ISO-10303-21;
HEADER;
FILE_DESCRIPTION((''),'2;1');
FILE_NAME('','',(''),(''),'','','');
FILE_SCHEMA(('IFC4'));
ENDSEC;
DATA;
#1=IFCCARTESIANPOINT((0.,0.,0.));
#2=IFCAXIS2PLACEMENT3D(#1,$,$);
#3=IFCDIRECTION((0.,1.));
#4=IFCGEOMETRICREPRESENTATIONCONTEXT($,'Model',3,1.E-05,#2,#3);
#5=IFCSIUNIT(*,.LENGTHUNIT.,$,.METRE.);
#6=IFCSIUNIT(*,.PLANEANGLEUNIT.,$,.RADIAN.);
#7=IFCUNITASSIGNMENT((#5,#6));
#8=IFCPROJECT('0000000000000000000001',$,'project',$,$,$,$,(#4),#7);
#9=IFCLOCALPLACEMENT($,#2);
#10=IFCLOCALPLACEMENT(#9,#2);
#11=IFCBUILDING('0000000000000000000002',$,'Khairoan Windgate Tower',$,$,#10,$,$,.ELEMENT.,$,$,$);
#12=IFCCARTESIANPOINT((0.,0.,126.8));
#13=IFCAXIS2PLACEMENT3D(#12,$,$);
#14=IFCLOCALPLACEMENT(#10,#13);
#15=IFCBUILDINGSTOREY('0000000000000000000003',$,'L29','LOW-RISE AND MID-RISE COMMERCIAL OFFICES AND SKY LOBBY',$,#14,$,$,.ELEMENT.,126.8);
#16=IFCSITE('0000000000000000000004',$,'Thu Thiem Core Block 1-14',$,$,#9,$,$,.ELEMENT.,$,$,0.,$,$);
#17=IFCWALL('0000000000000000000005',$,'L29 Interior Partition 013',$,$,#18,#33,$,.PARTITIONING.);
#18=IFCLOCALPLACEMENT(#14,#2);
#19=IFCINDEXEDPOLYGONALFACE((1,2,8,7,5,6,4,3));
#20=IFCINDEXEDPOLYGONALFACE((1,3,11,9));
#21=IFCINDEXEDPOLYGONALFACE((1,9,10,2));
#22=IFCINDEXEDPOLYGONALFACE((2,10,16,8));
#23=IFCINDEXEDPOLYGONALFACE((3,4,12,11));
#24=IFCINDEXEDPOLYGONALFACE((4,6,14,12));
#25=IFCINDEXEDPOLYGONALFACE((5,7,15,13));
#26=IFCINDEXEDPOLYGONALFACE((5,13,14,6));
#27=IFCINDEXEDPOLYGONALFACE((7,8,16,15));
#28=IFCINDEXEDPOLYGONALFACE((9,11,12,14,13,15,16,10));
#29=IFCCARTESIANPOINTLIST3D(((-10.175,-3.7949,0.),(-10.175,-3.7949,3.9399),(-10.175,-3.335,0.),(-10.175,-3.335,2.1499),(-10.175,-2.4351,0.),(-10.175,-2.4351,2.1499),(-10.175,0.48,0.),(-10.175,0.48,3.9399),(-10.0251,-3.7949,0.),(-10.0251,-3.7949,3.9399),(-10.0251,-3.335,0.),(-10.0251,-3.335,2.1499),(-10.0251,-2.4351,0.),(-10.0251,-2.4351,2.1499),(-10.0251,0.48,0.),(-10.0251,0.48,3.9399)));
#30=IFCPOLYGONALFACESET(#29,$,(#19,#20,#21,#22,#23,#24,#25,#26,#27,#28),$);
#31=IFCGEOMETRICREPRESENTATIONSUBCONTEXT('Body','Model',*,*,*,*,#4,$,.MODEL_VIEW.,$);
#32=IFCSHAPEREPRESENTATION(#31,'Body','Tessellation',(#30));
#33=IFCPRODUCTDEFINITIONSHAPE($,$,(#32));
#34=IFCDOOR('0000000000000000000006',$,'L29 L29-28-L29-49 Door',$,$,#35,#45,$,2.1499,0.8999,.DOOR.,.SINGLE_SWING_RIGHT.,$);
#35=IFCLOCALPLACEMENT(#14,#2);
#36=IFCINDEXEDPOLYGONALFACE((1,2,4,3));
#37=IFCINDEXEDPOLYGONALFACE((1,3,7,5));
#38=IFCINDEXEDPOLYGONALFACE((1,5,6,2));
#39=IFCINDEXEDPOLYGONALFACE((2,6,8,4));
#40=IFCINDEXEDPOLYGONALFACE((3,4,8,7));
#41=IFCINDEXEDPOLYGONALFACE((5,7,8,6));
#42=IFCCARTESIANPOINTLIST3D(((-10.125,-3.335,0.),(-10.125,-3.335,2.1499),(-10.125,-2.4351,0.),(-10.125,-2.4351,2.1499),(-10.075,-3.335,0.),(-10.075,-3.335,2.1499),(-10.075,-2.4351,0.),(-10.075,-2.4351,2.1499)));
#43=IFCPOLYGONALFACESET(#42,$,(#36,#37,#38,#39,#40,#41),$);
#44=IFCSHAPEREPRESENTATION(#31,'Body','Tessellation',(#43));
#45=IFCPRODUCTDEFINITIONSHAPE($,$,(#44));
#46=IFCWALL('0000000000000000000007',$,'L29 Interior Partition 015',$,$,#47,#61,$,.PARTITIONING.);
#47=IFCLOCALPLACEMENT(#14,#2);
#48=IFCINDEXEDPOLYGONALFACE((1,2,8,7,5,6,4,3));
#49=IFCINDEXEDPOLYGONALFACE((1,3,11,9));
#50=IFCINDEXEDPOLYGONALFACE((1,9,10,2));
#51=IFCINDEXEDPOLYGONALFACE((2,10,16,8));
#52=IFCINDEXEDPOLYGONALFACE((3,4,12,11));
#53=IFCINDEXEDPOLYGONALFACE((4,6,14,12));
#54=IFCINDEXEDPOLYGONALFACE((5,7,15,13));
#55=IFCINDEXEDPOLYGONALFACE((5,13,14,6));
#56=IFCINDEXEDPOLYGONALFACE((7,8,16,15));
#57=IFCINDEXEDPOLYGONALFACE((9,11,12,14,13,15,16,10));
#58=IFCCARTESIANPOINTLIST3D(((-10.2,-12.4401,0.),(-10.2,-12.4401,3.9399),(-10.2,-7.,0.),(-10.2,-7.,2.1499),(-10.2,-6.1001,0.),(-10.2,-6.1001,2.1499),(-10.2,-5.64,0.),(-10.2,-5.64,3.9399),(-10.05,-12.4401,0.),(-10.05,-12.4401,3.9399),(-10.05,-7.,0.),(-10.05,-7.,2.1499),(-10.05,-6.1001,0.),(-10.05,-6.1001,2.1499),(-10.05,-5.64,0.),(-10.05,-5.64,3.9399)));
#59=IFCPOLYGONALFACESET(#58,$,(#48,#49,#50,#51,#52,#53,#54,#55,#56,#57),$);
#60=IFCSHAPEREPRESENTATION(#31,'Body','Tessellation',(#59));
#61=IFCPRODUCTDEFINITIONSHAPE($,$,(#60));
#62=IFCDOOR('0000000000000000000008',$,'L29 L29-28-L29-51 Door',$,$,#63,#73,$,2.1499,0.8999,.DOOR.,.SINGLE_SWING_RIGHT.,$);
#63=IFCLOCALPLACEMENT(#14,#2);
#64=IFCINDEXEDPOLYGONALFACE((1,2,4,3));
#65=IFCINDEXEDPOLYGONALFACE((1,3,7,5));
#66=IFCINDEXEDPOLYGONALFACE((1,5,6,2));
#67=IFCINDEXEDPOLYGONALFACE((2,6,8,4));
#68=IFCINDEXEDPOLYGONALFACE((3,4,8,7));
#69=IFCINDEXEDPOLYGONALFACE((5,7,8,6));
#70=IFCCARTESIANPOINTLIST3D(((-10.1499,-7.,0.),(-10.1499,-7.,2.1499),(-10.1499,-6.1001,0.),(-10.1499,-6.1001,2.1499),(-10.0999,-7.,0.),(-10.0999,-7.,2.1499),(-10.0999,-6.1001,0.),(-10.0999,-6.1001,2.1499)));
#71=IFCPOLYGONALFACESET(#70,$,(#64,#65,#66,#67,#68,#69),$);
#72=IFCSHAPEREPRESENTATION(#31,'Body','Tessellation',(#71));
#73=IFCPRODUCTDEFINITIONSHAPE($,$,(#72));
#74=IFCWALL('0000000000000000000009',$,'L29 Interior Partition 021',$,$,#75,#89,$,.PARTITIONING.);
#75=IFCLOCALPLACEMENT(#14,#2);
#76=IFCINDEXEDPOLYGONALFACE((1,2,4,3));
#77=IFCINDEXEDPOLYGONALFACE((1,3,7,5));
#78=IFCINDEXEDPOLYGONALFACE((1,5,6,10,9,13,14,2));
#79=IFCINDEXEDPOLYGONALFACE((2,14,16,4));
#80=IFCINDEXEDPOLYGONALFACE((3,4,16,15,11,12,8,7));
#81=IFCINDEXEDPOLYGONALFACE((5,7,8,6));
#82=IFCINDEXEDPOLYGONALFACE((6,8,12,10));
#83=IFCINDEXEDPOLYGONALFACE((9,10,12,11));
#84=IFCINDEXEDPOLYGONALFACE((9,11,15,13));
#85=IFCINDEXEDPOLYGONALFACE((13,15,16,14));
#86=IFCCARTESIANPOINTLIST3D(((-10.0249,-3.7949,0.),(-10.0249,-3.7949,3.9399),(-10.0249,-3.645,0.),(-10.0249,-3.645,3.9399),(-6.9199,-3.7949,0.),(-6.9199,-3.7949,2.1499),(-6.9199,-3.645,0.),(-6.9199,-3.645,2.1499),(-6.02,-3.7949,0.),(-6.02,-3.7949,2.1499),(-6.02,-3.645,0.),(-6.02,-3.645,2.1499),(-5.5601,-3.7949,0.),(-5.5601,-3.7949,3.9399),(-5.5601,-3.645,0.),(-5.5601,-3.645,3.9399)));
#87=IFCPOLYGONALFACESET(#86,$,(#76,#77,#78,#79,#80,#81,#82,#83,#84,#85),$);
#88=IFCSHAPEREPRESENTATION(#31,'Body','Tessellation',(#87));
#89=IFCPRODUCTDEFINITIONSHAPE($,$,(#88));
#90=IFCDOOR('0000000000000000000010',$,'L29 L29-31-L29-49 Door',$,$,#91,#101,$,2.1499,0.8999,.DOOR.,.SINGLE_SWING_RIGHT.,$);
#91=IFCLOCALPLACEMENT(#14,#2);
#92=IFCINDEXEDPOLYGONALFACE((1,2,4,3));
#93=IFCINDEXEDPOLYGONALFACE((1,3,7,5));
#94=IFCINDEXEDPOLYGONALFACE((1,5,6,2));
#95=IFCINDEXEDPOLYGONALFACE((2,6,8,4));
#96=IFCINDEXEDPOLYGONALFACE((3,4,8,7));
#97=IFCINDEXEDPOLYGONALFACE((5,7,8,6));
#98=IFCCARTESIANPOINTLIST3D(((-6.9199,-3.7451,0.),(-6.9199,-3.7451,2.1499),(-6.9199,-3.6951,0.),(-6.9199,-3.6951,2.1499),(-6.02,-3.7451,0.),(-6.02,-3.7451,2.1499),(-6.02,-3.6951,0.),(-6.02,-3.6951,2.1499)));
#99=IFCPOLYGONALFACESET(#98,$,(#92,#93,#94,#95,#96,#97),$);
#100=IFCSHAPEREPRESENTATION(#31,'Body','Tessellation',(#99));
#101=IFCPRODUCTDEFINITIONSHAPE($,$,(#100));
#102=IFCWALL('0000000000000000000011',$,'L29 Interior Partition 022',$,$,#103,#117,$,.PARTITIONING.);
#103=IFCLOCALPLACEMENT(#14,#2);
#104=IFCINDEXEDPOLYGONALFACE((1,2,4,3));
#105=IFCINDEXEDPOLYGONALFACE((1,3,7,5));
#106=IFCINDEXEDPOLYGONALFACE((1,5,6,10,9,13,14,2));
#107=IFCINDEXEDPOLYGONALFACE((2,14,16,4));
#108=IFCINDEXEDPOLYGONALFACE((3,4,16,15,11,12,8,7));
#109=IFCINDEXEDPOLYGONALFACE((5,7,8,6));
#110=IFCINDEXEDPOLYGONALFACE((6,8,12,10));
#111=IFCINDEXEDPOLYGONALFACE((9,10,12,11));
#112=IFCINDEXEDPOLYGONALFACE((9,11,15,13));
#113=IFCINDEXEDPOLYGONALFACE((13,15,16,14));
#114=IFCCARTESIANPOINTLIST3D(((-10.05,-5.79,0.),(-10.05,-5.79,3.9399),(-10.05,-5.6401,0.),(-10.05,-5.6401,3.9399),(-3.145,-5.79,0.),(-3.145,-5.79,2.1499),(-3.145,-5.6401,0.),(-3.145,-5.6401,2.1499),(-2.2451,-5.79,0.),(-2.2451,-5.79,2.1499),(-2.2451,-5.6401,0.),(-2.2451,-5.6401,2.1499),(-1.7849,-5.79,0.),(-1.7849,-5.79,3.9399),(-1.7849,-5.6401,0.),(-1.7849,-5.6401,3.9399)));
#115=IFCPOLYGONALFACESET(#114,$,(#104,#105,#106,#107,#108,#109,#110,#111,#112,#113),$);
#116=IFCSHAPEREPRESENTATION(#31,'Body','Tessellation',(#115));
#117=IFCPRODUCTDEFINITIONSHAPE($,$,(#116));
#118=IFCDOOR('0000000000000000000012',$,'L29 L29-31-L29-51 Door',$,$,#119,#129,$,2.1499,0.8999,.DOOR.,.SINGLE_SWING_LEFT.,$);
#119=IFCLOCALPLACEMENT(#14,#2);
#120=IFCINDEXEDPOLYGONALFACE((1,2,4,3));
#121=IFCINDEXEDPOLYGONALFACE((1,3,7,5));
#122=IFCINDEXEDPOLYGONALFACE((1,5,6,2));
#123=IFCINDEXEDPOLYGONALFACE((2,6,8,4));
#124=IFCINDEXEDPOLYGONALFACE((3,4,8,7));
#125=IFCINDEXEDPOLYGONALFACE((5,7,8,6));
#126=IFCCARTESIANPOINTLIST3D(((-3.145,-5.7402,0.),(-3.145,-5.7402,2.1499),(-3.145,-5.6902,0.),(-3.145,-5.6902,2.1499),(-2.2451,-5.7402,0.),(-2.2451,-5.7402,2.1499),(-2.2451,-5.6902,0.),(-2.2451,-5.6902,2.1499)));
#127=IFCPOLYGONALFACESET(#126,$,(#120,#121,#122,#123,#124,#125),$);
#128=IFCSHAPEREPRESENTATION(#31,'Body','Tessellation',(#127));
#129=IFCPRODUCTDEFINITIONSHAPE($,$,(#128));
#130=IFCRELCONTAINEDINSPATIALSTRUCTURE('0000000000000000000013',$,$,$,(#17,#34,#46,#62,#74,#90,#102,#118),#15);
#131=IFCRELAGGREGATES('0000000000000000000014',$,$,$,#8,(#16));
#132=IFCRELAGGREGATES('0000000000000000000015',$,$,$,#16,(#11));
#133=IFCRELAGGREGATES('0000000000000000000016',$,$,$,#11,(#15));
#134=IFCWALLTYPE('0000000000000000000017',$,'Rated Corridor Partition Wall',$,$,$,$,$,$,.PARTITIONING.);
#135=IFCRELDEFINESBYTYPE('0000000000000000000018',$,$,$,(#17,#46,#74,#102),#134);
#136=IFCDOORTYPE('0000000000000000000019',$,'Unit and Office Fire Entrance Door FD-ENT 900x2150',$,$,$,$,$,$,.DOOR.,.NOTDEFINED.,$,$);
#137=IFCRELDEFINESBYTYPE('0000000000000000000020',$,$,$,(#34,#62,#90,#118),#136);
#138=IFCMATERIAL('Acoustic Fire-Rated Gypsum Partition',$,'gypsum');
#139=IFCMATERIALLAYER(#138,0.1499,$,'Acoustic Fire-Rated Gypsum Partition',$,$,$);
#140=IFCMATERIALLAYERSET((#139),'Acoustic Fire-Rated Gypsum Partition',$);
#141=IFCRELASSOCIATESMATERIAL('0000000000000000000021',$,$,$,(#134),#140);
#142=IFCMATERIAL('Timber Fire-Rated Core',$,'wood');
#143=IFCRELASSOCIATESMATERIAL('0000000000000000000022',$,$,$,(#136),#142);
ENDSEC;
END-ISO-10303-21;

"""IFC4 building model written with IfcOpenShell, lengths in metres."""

from ifc_helpers import new_model, si_unit, direction, frame, frame_2d, origin, place, context, subcontext, project, spatial, rectangle, extrude, material, layer, layer_set, type_object, element, fill, save


model = new_model("IFC4")

# Units and contexts
model_context = context("Model", 3, precision=1e-05, world=origin(), true_north=direction((0.0, 1.0)))
body_context = subcontext(model_context, "Body", "Model", "MODEL_VIEW")
ifc_project = project(units=[si_unit("LENGTHUNIT", "METRE"), si_unit("PLANEANGLEUNIT", "RADIAN")], contexts=[model_context])

# Site, building, storey
site_placement = place(None, origin())
site = spatial("IfcSite", under=ifc_project, at=site_placement, Name="Thu Thiem Core Block 1-14", CompositionType="ELEMENT", RefElevation=0.0)
building_placement = place(site_placement, origin())
building = spatial("IfcBuilding", under=site, at=building_placement, Name="Khairoan Windgate Tower", CompositionType="ELEMENT")
storey_placement = place(building_placement, frame((0.0, 0.0, 126.8)))
storey = spatial("IfcBuildingStorey", under=building, at=storey_placement, Name="L29", Description="LOW-RISE AND MID-RISE COMMERCIAL OFFICES AND SKY LOBBY", CompositionType="ELEMENT", Elevation=126.8)

# Walls, openings, doors
ifc_material_1 = material(Name="Acoustic Fire-Rated Gypsum Partition", Category="gypsum")
ifc_layer_1 = layer(ifc_material_1, 0.1499, Name="Acoustic Fire-Rated Gypsum Partition")
ifc_layer_set_1 = layer_set([ifc_layer_1], Name="Acoustic Fire-Rated Gypsum Partition")
wall_type_1 = type_object("IfcWallType", Name="Rated Corridor Partition Wall", PredefinedType="PARTITIONING", material=ifc_layer_set_1)
wall_1_placement = place(storey_placement, frame((-10.1001, -3.7949, 0.0), z_axis=(0.0, 0.0, 1.0), x_axis=(0.0, 1.0, 0.0)))
wall_1 = element("IfcWall", 1, at=wall_1_placement, inside=storey, type_object=wall_type_1, Name="L29 Interior Partition 013", PredefinedType="PARTITIONING", context=body_context, shape_type="SweptSolid", body=[
    extrude(rectangle(XDim=4.2749, YDim=0.1499, at=frame_2d((2.1375, 0.0))), origin(), (0.0, 0.0, 1.0), 3.9399),
])
opening_1_placement = place(wall_1_placement, frame((0.46, 0.0, 0.0)))
opening_1 = element("IfcOpeningElement", 2, at=opening_1_placement, cuts=wall_1, PredefinedType="OPENING", context=body_context, shape_type="SweptSolid", body=[
    extrude(rectangle(XDim=0.8999, YDim=2.1499, at=frame_2d((0.45, 1.075))), frame((0.0, 0.085, 0.0), z_axis=(0.0, -1.0, 0.0), x_axis=(1.0, 0.0, 0.0)), (0.0, 0.0, 1.0), 0.1699),
])
ifc_material_2 = material(Name="Timber Fire-Rated Core", Category="wood")
door_type = type_object("IfcDoorType", Name="Unit and Office Fire Entrance Door FD-ENT 900x2150", OperationType="NOTDEFINED", PredefinedType="DOOR", material=ifc_material_2)
door_1_placement = place(opening_1_placement, origin())
door_1 = element("IfcDoor", 3, at=door_1_placement, inside=storey, type_object=door_type, Name="L29 L29-28-L29-49 Door", OperationType="SINGLE_SWING_RIGHT", OverallHeight=2.1499, OverallWidth=0.8999, PredefinedType="DOOR", context=body_context, shape_type="SweptSolid", body=[
    extrude(rectangle(XDim=0.8999, YDim=2.1499, at=frame_2d((0.45, 1.075))), frame((0.0, 0.0249, 0.0), z_axis=(0.0, -1.0, 0.0), x_axis=(1.0, 0.0, 0.0)), (0.0, 0.0, 1.0), 0.05),
])
fill(opening_1, door_1)
wall_2_placement = place(storey_placement, frame((-10.125, -12.4399, 0.0), z_axis=(0.0, 0.0, 1.0), x_axis=(0.0, 1.0, 0.0)))
wall_2 = element("IfcWall", 4, at=wall_2_placement, inside=storey, type_object=wall_type_1, Name="L29 Interior Partition 015", PredefinedType="PARTITIONING", context=body_context, shape_type="SweptSolid", body=[
    extrude(rectangle(XDim=6.8, YDim=0.1499, at=frame_2d((3.3999, 0.0))), origin(), (0.0, 0.0, 1.0), 3.9399),
])
opening_2_placement = place(wall_2_placement, frame((5.4399, 0.0, 0.0)))
opening_2 = element("IfcOpeningElement", 5, at=opening_2_placement, cuts=wall_2, PredefinedType="OPENING", context=body_context, shape_type="SweptSolid", body=[
    extrude(rectangle(XDim=0.8999, YDim=2.1499, at=frame_2d((0.45, 1.075))), frame((0.0, 0.085, 0.0), z_axis=(0.0, -1.0, 0.0), x_axis=(1.0, 0.0, 0.0)), (0.0, 0.0, 1.0), 0.1699),
])
door_2_placement = place(opening_2_placement, origin())
door_2 = element("IfcDoor", 6, at=door_2_placement, inside=storey, type_object=door_type, Name="L29 L29-28-L29-51 Door", OperationType="SINGLE_SWING_RIGHT", OverallHeight=2.1499, OverallWidth=0.8999, PredefinedType="DOOR", context=body_context, shape_type="SweptSolid", body=[
    extrude(rectangle(XDim=0.8999, YDim=2.1499, at=frame_2d((0.45, 1.075))), frame((0.0, 0.0249, 0.0), z_axis=(0.0, -1.0, 0.0), x_axis=(1.0, 0.0, 0.0)), (0.0, 0.0, 1.0), 0.05),
])
fill(opening_2, door_2)
wall_3_placement = place(storey_placement, frame((-10.0249, -3.72, 0.0), z_axis=(0.0, 0.0, 1.0), x_axis=(1.0, 0.0, 0.0)))
wall_3 = element("IfcWall", 7, at=wall_3_placement, inside=storey, type_object=wall_type_1, Name="L29 Interior Partition 021", PredefinedType="PARTITIONING", context=body_context, shape_type="SweptSolid", body=[
    extrude(rectangle(XDim=4.4648, YDim=0.1499, at=frame_2d((2.2324, 0.0))), origin(), (0.0, 0.0, 1.0), 3.9399),
])
opening_3_placement = place(wall_3_placement, frame((3.105, 0.0, 0.0)))
opening_3 = element("IfcOpeningElement", 8, at=opening_3_placement, cuts=wall_3, PredefinedType="OPENING", context=body_context, shape_type="SweptSolid", body=[
    extrude(rectangle(XDim=0.8999, YDim=2.1499, at=frame_2d((0.45, 1.075))), frame((0.0, 0.085, 0.0), z_axis=(0.0, -1.0, 0.0), x_axis=(1.0, 0.0, 0.0)), (0.0, 0.0, 1.0), 0.1699),
])
door_3_placement = place(opening_3_placement, origin())
door_3 = element("IfcDoor", 9, at=door_3_placement, inside=storey, type_object=door_type, Name="L29 L29-31-L29-49 Door", OperationType="SINGLE_SWING_RIGHT", OverallHeight=2.1499, OverallWidth=0.8999, PredefinedType="DOOR", context=body_context, shape_type="SweptSolid", body=[
    extrude(rectangle(XDim=0.8999, YDim=2.1499, at=frame_2d((0.45, 1.075))), frame((0.0, 0.0249, 0.0), z_axis=(0.0, -1.0, 0.0), x_axis=(1.0, 0.0, 0.0)), (0.0, 0.0, 1.0), 0.05),
])
fill(opening_3, door_3)
wall_4_placement = place(storey_placement, frame((-10.05, -5.7151, 0.0), z_axis=(0.0, 0.0, 1.0), x_axis=(1.0, 0.0, 0.0)))
wall_4 = element("IfcWall", 10, at=wall_4_placement, inside=storey, type_object=wall_type_1, Name="L29 Interior Partition 022", PredefinedType="PARTITIONING", context=body_context, shape_type="SweptSolid", body=[
    extrude(rectangle(XDim=8.2651, YDim=0.1499, at=frame_2d((4.1326, 0.0))), origin(), (0.0, 0.0, 1.0), 3.9399),
])
opening_4_placement = place(wall_4_placement, frame((6.905, 0.0, 0.0)))
opening_4 = element("IfcOpeningElement", 11, at=opening_4_placement, cuts=wall_4, PredefinedType="OPENING", context=body_context, shape_type="SweptSolid", body=[
    extrude(rectangle(XDim=0.8999, YDim=2.1499, at=frame_2d((0.45, 1.075))), frame((0.0, 0.085, 0.0), z_axis=(0.0, -1.0, 0.0), x_axis=(1.0, 0.0, 0.0)), (0.0, 0.0, 1.0), 0.1699),
])
door_4_placement = place(opening_4_placement, origin())
door_4 = element("IfcDoor", 12, at=door_4_placement, inside=storey, type_object=door_type, Name="L29 L29-31-L29-51 Door", OperationType="SINGLE_SWING_LEFT", OverallHeight=2.1499, OverallWidth=0.8999, PredefinedType="DOOR", context=body_context, shape_type="SweptSolid", body=[
    extrude(rectangle(XDim=0.8999, YDim=2.1499, at=frame_2d((0.45, 1.075))), frame((0.0, 0.0249, 0.0), z_axis=(0.0, -1.0, 0.0), x_axis=(1.0, 0.0, 0.0)), (0.0, 0.0, 1.0), 0.05),
])
fill(opening_4, door_4)

save(model, "model.ifc")
